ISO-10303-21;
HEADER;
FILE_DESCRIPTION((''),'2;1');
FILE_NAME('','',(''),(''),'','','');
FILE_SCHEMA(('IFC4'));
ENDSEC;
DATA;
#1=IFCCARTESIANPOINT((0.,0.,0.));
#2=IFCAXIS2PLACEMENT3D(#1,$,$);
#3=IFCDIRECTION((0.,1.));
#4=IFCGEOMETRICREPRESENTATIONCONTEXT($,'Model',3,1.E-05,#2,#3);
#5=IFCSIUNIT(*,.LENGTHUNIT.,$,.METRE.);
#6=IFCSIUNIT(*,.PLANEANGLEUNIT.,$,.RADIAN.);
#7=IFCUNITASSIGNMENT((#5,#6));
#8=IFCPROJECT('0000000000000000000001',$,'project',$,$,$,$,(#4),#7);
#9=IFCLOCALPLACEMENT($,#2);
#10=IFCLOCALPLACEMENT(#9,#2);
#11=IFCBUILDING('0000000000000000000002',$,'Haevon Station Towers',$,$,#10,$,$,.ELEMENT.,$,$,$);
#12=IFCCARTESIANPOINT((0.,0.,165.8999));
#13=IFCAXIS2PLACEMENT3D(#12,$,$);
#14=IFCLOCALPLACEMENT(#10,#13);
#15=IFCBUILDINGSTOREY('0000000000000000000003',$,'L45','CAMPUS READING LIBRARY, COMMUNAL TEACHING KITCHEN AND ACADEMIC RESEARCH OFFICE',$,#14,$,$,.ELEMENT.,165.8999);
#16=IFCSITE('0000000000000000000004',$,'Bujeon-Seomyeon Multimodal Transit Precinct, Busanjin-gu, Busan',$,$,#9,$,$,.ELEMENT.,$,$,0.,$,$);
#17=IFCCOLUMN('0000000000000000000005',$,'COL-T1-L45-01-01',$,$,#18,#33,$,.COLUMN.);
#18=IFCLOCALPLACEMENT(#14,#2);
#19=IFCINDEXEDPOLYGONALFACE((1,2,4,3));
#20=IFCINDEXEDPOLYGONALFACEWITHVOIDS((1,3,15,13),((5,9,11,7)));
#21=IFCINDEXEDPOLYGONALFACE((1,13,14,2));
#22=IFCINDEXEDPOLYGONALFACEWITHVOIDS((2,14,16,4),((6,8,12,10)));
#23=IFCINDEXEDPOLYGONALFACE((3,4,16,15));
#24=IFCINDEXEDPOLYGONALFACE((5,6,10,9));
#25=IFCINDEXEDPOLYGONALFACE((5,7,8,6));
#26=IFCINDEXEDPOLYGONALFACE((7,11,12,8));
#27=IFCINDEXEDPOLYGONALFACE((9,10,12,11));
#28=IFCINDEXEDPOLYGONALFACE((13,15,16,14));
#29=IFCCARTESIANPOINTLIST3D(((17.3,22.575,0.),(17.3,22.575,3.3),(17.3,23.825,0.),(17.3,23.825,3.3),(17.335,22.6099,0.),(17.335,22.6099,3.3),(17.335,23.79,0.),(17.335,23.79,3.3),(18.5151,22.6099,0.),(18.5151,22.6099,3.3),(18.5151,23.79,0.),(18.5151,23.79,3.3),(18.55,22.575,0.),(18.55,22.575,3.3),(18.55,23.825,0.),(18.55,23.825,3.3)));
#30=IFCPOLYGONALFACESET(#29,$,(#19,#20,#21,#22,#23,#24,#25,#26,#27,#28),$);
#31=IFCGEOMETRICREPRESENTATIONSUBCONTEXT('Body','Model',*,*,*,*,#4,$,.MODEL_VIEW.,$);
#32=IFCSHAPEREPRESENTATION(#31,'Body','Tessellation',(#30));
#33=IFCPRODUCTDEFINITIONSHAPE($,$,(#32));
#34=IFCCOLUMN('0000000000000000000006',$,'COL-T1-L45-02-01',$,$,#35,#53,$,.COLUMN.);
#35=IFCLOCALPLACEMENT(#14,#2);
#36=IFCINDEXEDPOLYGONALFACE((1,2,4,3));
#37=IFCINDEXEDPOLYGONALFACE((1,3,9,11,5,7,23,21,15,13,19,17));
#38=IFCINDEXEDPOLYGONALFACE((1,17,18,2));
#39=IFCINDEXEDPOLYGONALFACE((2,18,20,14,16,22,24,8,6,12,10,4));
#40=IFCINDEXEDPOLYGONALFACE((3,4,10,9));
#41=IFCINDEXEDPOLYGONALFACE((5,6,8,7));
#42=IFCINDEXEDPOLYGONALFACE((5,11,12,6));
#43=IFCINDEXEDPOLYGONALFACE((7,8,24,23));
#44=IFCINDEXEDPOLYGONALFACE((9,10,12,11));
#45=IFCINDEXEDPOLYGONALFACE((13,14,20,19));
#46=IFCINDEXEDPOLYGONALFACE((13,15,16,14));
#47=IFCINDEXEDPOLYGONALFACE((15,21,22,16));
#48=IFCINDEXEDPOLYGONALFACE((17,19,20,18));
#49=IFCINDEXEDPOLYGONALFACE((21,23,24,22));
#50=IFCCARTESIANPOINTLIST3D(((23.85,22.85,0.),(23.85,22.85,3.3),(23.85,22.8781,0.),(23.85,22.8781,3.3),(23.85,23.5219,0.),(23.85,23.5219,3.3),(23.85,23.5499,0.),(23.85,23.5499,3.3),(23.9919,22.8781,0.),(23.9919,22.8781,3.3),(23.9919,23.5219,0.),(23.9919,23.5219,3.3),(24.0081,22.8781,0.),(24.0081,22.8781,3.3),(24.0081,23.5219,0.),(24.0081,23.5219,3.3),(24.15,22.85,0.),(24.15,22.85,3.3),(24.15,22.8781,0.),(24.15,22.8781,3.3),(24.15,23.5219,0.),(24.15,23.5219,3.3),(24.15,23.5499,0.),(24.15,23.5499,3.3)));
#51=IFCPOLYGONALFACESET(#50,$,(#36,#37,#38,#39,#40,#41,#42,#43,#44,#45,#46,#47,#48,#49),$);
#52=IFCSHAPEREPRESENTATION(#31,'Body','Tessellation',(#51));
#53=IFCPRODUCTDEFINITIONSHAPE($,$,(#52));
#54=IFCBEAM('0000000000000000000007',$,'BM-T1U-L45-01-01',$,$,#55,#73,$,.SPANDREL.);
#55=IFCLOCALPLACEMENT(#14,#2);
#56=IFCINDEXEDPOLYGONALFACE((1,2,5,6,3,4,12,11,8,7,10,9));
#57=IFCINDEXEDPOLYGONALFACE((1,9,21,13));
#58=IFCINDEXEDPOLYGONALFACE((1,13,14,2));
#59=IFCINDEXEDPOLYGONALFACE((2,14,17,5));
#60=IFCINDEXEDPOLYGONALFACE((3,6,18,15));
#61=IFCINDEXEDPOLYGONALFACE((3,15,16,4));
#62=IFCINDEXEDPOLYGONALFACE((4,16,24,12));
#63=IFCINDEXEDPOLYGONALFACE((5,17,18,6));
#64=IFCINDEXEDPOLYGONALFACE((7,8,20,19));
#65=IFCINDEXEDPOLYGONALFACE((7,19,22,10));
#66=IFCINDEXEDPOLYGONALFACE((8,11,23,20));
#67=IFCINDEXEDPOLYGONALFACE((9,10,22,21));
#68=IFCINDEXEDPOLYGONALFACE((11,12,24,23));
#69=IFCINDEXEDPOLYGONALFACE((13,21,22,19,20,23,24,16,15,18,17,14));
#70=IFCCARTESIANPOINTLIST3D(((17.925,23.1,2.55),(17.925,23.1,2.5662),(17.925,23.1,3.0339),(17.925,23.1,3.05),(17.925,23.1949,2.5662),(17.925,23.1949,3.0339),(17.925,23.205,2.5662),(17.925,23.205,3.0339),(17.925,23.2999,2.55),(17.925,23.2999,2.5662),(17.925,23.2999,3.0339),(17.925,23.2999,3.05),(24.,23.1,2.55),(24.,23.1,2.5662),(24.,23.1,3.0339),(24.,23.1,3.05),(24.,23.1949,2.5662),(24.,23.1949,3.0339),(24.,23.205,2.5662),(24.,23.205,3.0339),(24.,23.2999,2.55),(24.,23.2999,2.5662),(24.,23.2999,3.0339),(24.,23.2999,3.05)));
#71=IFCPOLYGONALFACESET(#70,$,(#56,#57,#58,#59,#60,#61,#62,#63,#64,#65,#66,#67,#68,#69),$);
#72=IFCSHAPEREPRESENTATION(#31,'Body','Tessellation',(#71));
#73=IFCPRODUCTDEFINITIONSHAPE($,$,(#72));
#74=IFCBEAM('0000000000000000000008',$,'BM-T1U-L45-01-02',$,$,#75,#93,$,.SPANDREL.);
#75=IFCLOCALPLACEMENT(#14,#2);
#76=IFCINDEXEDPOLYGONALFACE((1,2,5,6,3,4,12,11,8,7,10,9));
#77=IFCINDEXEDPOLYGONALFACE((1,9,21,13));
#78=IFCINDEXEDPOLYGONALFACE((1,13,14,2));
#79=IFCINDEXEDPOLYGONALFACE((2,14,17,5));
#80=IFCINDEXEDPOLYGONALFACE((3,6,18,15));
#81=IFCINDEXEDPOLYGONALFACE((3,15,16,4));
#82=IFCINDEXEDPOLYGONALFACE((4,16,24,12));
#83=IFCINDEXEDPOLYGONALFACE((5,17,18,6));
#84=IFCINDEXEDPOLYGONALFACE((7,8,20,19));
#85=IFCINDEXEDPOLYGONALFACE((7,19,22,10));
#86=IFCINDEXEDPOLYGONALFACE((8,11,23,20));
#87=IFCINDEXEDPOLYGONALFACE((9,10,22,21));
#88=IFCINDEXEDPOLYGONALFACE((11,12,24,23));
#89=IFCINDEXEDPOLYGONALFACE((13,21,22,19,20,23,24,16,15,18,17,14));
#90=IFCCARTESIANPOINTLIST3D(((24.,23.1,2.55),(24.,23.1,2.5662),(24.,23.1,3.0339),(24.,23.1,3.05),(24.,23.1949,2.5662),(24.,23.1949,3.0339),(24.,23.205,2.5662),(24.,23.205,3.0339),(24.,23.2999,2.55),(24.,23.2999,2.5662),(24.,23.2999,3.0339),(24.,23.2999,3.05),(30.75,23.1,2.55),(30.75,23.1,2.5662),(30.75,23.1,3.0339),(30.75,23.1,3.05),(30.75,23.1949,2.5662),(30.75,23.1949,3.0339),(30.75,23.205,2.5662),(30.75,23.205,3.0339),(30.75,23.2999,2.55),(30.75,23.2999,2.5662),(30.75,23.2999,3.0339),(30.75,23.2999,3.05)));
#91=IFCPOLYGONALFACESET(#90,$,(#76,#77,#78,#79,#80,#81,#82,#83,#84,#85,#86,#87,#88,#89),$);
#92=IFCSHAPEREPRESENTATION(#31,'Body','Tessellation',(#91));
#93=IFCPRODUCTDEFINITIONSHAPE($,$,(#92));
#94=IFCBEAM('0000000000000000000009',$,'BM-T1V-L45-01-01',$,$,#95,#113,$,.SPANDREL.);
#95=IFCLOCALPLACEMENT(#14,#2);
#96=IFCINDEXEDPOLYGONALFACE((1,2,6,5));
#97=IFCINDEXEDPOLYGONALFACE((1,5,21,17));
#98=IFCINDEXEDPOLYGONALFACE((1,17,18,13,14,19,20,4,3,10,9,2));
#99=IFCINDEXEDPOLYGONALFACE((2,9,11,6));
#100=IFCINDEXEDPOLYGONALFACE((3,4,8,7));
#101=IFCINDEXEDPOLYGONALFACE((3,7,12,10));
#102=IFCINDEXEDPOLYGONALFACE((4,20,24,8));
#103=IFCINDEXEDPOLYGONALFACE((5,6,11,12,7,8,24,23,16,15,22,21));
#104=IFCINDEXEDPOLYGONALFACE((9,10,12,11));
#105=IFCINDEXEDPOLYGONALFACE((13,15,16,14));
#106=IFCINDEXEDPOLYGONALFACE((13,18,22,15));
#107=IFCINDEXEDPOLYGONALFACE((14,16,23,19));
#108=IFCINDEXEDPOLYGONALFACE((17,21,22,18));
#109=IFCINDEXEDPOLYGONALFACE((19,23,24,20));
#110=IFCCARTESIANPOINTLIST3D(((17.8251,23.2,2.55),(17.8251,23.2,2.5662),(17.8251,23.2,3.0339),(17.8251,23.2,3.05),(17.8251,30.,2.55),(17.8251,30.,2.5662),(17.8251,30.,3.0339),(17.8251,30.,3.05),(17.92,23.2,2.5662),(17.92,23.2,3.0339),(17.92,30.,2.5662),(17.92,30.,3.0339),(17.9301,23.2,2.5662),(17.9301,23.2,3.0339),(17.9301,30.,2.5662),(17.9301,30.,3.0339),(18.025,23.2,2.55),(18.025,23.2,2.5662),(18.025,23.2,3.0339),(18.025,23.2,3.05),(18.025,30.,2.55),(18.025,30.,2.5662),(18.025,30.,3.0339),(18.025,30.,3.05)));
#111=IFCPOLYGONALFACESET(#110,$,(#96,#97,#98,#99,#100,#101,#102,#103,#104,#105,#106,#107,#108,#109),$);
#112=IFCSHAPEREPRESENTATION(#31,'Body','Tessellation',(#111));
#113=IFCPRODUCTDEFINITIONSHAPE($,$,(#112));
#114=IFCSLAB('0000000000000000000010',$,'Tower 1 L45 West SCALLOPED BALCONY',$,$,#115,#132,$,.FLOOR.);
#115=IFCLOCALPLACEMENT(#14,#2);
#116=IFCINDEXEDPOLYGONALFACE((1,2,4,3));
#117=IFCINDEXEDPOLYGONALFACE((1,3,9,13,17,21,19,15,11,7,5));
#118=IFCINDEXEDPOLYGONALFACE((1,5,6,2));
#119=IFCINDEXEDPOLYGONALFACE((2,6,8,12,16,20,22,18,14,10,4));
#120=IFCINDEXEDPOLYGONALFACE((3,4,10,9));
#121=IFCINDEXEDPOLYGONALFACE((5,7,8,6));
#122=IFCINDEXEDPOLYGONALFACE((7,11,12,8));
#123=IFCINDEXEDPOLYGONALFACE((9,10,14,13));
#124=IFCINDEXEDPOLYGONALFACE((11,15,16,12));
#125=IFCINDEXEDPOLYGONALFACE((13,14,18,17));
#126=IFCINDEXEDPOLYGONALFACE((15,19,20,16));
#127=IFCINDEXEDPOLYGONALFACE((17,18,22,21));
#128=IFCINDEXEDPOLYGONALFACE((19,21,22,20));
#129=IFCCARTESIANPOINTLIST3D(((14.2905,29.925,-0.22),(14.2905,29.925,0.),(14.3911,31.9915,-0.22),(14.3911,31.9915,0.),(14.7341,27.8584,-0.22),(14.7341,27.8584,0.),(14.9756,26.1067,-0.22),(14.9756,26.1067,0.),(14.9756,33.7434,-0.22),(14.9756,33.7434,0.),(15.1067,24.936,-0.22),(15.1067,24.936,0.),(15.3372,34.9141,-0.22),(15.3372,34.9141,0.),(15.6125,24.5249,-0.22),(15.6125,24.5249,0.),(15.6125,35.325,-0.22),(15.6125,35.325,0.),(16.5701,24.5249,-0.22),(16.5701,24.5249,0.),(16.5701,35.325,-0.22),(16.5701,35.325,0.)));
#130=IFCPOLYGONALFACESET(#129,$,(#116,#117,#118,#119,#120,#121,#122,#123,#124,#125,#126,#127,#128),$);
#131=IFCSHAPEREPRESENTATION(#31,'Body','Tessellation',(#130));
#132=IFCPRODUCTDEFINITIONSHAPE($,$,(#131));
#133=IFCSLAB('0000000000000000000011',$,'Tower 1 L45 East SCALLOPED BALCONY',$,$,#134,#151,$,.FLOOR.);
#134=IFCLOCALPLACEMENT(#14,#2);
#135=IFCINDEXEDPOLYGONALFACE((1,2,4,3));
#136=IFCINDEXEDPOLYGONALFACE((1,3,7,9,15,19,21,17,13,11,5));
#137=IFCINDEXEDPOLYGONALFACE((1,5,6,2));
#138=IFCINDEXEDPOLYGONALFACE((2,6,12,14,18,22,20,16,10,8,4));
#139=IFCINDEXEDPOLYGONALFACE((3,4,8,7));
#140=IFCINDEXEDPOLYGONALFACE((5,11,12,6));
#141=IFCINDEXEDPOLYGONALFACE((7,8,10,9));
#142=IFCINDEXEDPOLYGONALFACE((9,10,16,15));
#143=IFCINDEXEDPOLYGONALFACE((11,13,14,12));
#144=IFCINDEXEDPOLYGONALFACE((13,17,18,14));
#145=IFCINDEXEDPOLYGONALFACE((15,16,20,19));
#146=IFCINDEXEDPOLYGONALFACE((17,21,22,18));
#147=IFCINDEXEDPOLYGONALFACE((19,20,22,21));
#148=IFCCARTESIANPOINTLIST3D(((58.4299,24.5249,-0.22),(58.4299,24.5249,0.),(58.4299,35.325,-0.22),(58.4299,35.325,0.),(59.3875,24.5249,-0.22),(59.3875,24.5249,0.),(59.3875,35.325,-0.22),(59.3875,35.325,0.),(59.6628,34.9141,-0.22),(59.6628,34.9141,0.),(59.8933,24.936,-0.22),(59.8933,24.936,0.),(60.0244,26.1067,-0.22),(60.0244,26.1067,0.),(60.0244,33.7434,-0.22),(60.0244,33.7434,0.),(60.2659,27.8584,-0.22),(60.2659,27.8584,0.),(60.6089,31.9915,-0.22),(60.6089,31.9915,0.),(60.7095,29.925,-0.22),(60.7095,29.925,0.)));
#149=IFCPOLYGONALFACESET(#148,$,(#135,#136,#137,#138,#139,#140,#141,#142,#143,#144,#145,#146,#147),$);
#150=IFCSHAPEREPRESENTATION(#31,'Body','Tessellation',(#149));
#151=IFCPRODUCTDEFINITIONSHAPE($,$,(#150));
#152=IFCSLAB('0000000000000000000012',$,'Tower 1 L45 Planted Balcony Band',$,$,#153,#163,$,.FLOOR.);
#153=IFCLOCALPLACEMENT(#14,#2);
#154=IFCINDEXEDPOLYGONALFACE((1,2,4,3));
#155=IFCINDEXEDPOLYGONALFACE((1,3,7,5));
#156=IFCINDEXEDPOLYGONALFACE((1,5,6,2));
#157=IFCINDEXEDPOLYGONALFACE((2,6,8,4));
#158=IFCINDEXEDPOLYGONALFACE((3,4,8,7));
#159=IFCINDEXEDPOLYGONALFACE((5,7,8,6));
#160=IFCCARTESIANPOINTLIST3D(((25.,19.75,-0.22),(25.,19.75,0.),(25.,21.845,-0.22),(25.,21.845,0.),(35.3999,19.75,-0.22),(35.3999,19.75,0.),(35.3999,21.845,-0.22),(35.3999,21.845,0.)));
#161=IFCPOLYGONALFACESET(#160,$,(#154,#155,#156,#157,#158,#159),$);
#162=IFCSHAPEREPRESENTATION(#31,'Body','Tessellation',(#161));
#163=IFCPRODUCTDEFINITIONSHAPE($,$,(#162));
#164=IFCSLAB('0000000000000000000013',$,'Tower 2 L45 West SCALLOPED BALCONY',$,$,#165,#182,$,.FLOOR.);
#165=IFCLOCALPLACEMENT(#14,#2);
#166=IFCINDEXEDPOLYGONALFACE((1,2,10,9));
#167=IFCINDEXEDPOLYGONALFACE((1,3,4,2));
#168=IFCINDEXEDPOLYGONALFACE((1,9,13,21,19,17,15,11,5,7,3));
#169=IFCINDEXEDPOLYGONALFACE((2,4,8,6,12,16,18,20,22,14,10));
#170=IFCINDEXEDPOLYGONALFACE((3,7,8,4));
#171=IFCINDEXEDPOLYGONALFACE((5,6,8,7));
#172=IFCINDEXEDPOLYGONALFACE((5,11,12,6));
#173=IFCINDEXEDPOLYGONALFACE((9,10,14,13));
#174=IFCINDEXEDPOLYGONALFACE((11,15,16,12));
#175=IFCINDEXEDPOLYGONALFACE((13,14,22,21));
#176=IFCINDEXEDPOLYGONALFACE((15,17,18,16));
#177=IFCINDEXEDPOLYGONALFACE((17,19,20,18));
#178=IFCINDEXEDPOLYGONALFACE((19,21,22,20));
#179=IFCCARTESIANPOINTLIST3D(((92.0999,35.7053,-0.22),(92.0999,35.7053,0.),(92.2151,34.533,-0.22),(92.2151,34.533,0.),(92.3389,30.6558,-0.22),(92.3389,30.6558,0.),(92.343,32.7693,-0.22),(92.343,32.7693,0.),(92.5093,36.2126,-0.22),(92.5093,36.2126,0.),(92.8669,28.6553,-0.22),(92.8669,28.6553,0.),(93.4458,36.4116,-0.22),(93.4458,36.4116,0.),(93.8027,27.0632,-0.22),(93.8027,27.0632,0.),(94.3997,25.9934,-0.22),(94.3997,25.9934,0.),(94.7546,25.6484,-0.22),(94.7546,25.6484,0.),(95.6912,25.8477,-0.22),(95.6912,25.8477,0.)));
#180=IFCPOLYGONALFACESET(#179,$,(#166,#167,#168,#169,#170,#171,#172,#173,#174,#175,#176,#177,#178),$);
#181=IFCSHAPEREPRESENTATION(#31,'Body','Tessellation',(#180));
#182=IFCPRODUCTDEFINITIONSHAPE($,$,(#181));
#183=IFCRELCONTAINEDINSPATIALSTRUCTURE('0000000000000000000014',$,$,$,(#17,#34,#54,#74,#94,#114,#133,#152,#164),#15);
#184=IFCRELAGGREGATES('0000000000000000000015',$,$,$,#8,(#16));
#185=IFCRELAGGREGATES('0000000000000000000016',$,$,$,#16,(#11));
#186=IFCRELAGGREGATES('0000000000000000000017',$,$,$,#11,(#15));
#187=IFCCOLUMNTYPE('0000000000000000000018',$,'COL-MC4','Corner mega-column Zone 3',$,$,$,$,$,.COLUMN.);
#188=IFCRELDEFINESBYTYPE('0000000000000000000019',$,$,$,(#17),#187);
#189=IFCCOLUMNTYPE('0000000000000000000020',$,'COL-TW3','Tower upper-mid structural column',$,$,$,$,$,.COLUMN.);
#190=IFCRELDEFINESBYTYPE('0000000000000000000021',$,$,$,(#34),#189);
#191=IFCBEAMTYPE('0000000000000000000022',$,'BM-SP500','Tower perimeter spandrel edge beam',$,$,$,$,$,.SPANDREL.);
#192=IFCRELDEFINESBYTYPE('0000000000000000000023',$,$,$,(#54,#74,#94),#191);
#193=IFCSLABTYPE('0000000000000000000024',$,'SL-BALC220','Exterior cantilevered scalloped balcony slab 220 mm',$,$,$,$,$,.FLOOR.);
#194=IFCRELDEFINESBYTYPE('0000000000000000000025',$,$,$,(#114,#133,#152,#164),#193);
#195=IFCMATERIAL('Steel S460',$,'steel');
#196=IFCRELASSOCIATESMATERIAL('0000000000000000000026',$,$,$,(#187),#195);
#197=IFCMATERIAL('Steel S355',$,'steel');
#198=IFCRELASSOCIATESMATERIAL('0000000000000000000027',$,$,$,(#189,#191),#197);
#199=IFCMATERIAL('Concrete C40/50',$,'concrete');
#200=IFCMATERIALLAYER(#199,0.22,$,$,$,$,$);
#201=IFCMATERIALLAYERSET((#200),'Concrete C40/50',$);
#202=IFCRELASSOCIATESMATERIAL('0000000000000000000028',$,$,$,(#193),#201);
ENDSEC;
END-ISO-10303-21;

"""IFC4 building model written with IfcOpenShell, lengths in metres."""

from ifc_helpers import new_model, si_unit, direction, frame, origin, origin_2d, place, context, subcontext, project, spatial, polyline, hollow_rectangle, i_section, outline, extrude, material, layer, layer_set, material_profile, profile_set, type_object, element, save


model = new_model("IFC4")

# Units and contexts
model_context = context("Model", 3, precision=1e-05, world=origin(), true_north=direction((0.0, 1.0)))
body_context = subcontext(model_context, "Body", "Model", "MODEL_VIEW")
ifc_project = project(units=[si_unit("LENGTHUNIT", "METRE"), si_unit("PLANEANGLEUNIT", "RADIAN")], contexts=[model_context])

# Site, building, storey
site_placement = place(None, origin())
site = spatial("IfcSite", under=ifc_project, at=site_placement, Name="Bujeon-Seomyeon Multimodal Transit Precinct, Busanjin-gu, Busan", CompositionType="ELEMENT", RefElevation=0.0)
building_placement = place(site_placement, origin())
building = spatial("IfcBuilding", under=site, at=building_placement, Name="Haevon Station Towers", CompositionType="ELEMENT")
storey_placement = place(building_placement, frame((0.0, 0.0, 165.8999)))
storey = spatial("IfcBuildingStorey", under=building, at=storey_placement, Name="L45", Description="CAMPUS READING LIBRARY, COMMUNAL TEACHING KITCHEN AND ACADEMIC RESEARCH OFFICE", CompositionType="ELEMENT", Elevation=165.8999)

# Columns
ifc_material_1 = material(Name="Steel S460", Category="steel")
ifc_material_profile_1 = material_profile(ifc_material_1, hollow_rectangle(XDim=1.25, YDim=1.25, WallThickness=0.0349, at=origin_2d()), Name="BOX-1250x1250x35")
ifc_profile_set_1 = profile_set([ifc_material_profile_1], Name="Steel S460")
column_type_1 = type_object("IfcColumnType", Name="COL-MC4", Description="Corner mega-column Zone 3", PredefinedType="COLUMN", material=ifc_profile_set_1)
column_1_placement = place(storey_placement, frame((17.925, 23.2, 0.0), z_axis=(0.0, 0.0, 1.0), x_axis=(1.0, 0.0, 0.0)))
element("IfcColumn", 1, at=column_1_placement, inside=storey, type_object=column_type_1, Name="COL-T1-L45-01-01", PredefinedType="COLUMN", context=body_context, shape_type="SweptSolid", body=[
    extrude(hollow_rectangle(XDim=1.25, YDim=1.25, WallThickness=0.0349, at=origin_2d()), origin(), (0.0, 0.0, 1.0), 3.3),
])
ifc_material_2 = material(Name="Steel S355", Category="steel")
ifc_material_profile_2 = material_profile(ifc_material_2, i_section(OverallWidth=0.3, OverallDepth=0.7, WebThickness=0.0161, FlangeThickness=0.0281, at=origin_2d()), Name="H-700x300x16x28")
ifc_profile_set_2 = profile_set([ifc_material_profile_2], Name="Steel S355")
column_type_2 = type_object("IfcColumnType", Name="COL-TW3", Description="Tower upper-mid structural column", PredefinedType="COLUMN", material=ifc_profile_set_2)
column_2_placement = place(storey_placement, frame((24.0, 23.2, 0.0), z_axis=(0.0, 0.0, 1.0), x_axis=(1.0, 0.0, 0.0)))
element("IfcColumn", 2, at=column_2_placement, inside=storey, type_object=column_type_2, Name="COL-T1-L45-02-01", PredefinedType="COLUMN", context=body_context, shape_type="SweptSolid", body=[
    extrude(i_section(OverallWidth=0.3, OverallDepth=0.7, WebThickness=0.0161, FlangeThickness=0.0281, at=origin_2d()), origin(), (0.0, 0.0, 1.0), 3.3),
])

# Beams
ifc_material_profile_3 = material_profile(ifc_material_2, i_section(OverallWidth=0.2, OverallDepth=0.5, WebThickness=0.01, FlangeThickness=0.0161, at=origin_2d()), Name="H-500x200x10x16")
ifc_profile_set_3 = profile_set([ifc_material_profile_3], Name="Steel S355")
beam_type = type_object("IfcBeamType", Name="BM-SP500", Description="Tower perimeter spandrel edge beam", PredefinedType="SPANDREL", material=ifc_profile_set_3)
beam_1_placement = place(storey_placement, frame((17.925, 23.2, 2.8), z_axis=(1.0, 0.0, 0.0), x_axis=(0.0, 1.0, 0.0)))
element("IfcBeam", 3, at=beam_1_placement, inside=storey, type_object=beam_type, Name="BM-T1U-L45-01-01", PredefinedType="SPANDREL", context=body_context, shape_type="SweptSolid", body=[
    extrude(i_section(OverallWidth=0.2, OverallDepth=0.5, WebThickness=0.01, FlangeThickness=0.0161, at=origin_2d()), origin(), (0.0, 0.0, 1.0), 6.075),
])
beam_2_placement = place(storey_placement, frame((24.0, 23.2, 2.8), z_axis=(1.0, 0.0, 0.0), x_axis=(0.0, 1.0, 0.0)))
element("IfcBeam", 4, at=beam_2_placement, inside=storey, type_object=beam_type, Name="BM-T1U-L45-01-02", PredefinedType="SPANDREL", context=body_context, shape_type="SweptSolid", body=[
    extrude(i_section(OverallWidth=0.2, OverallDepth=0.5, WebThickness=0.01, FlangeThickness=0.0161, at=origin_2d()), origin(), (0.0, 0.0, 1.0), 6.75),
])
beam_3_placement = place(storey_placement, frame((17.925, 23.2, 2.8), z_axis=(0.0, 1.0, 0.0), x_axis=(-1.0, 0.0, 0.0)))
element("IfcBeam", 5, at=beam_3_placement, inside=storey, type_object=beam_type, Name="BM-T1V-L45-01-01", PredefinedType="SPANDREL", context=body_context, shape_type="SweptSolid", body=[
    extrude(i_section(OverallWidth=0.2, OverallDepth=0.5, WebThickness=0.01, FlangeThickness=0.0161, at=origin_2d()), origin(), (0.0, 0.0, 1.0), 6.8),
])

# Slabs
ifc_material_3 = material(Name="Concrete C40/50", Category="concrete")
ifc_layer_1 = layer(ifc_material_3, 0.22)
ifc_layer_set_1 = layer_set([ifc_layer_1], Name="Concrete C40/50")
slab_type_1 = type_object("IfcSlabType", Name="SL-BALC220", Description="Exterior cantilevered scalloped balcony slab 220 mm", PredefinedType="FLOOR", material=ifc_layer_set_1)
slab_1_placement = place(storey_placement, frame((0.0, 0.0, -0.22)))
element("IfcSlab", 6, at=slab_1_placement, inside=storey, type_object=slab_type_1, Name="Tower 1 L45 West SCALLOPED BALCONY", PredefinedType="FLOOR", context=body_context, shape_type="SweptSolid", body=[
    extrude(outline(polyline([(16.5701, 35.325), (15.6125, 35.325), (15.3372, 34.9141), (14.9756, 33.7434), (14.3911, 31.9915), (14.2905, 29.925), (14.7341, 27.8584), (14.9756, 26.1067), (15.1067, 24.936), (15.6125, 24.5249), (16.5701, 24.5249), (16.5701, 35.325)])), origin(), (0.0, 0.0, 1.0), 0.22),
])
slab_2_placement = place(storey_placement, frame((0.0, 0.0, -0.22)))
element("IfcSlab", 7, at=slab_2_placement, inside=storey, type_object=slab_type_1, Name="Tower 1 L45 East SCALLOPED BALCONY", PredefinedType="FLOOR", context=body_context, shape_type="SweptSolid", body=[
    extrude(outline(polyline([(58.4299, 24.5249), (59.3875, 24.5249), (59.8933, 24.936), (60.0244, 26.1067), (60.2659, 27.8584), (60.7095, 29.925), (60.6089, 31.9915), (60.0244, 33.7434), (59.6628, 34.9141), (59.3875, 35.325), (58.4299, 35.325), (58.4299, 24.5249)])), origin(), (0.0, 0.0, 1.0), 0.22),
])
slab_3_placement = place(storey_placement, frame((0.0, 0.0, -0.22)))
element("IfcSlab", 8, at=slab_3_placement, inside=storey, type_object=slab_type_1, Name="Tower 1 L45 Planted Balcony Band", PredefinedType="FLOOR", context=body_context, shape_type="SweptSolid", body=[
    extrude(outline(polyline([(25.0, 19.75), (35.3999, 19.75), (35.3999, 21.845), (25.0, 21.845), (25.0, 19.75)])), origin(), (0.0, 0.0, 1.0), 0.22),
])
slab_4_placement = place(storey_placement, frame((0.0, 0.0, -0.22)))
element("IfcSlab", 9, at=slab_4_placement, inside=storey, type_object=slab_type_1, Name="Tower 2 L45 West SCALLOPED BALCONY", PredefinedType="FLOOR", context=body_context, shape_type="SweptSolid", body=[
    extrude(outline(polyline([(93.4458, 36.4116), (92.5093, 36.2126), (92.0999, 35.7053), (92.2151, 34.533), (92.343, 32.7693), (92.3389, 30.6558), (92.8669, 28.6553), (93.8027, 27.0632), (94.3997, 25.9934), (94.7546, 25.6484), (95.6912, 25.8477), (93.4458, 36.4116)])), origin(), (0.0, 0.0, 1.0), 0.22),
])

save(model, "model.ifc")
